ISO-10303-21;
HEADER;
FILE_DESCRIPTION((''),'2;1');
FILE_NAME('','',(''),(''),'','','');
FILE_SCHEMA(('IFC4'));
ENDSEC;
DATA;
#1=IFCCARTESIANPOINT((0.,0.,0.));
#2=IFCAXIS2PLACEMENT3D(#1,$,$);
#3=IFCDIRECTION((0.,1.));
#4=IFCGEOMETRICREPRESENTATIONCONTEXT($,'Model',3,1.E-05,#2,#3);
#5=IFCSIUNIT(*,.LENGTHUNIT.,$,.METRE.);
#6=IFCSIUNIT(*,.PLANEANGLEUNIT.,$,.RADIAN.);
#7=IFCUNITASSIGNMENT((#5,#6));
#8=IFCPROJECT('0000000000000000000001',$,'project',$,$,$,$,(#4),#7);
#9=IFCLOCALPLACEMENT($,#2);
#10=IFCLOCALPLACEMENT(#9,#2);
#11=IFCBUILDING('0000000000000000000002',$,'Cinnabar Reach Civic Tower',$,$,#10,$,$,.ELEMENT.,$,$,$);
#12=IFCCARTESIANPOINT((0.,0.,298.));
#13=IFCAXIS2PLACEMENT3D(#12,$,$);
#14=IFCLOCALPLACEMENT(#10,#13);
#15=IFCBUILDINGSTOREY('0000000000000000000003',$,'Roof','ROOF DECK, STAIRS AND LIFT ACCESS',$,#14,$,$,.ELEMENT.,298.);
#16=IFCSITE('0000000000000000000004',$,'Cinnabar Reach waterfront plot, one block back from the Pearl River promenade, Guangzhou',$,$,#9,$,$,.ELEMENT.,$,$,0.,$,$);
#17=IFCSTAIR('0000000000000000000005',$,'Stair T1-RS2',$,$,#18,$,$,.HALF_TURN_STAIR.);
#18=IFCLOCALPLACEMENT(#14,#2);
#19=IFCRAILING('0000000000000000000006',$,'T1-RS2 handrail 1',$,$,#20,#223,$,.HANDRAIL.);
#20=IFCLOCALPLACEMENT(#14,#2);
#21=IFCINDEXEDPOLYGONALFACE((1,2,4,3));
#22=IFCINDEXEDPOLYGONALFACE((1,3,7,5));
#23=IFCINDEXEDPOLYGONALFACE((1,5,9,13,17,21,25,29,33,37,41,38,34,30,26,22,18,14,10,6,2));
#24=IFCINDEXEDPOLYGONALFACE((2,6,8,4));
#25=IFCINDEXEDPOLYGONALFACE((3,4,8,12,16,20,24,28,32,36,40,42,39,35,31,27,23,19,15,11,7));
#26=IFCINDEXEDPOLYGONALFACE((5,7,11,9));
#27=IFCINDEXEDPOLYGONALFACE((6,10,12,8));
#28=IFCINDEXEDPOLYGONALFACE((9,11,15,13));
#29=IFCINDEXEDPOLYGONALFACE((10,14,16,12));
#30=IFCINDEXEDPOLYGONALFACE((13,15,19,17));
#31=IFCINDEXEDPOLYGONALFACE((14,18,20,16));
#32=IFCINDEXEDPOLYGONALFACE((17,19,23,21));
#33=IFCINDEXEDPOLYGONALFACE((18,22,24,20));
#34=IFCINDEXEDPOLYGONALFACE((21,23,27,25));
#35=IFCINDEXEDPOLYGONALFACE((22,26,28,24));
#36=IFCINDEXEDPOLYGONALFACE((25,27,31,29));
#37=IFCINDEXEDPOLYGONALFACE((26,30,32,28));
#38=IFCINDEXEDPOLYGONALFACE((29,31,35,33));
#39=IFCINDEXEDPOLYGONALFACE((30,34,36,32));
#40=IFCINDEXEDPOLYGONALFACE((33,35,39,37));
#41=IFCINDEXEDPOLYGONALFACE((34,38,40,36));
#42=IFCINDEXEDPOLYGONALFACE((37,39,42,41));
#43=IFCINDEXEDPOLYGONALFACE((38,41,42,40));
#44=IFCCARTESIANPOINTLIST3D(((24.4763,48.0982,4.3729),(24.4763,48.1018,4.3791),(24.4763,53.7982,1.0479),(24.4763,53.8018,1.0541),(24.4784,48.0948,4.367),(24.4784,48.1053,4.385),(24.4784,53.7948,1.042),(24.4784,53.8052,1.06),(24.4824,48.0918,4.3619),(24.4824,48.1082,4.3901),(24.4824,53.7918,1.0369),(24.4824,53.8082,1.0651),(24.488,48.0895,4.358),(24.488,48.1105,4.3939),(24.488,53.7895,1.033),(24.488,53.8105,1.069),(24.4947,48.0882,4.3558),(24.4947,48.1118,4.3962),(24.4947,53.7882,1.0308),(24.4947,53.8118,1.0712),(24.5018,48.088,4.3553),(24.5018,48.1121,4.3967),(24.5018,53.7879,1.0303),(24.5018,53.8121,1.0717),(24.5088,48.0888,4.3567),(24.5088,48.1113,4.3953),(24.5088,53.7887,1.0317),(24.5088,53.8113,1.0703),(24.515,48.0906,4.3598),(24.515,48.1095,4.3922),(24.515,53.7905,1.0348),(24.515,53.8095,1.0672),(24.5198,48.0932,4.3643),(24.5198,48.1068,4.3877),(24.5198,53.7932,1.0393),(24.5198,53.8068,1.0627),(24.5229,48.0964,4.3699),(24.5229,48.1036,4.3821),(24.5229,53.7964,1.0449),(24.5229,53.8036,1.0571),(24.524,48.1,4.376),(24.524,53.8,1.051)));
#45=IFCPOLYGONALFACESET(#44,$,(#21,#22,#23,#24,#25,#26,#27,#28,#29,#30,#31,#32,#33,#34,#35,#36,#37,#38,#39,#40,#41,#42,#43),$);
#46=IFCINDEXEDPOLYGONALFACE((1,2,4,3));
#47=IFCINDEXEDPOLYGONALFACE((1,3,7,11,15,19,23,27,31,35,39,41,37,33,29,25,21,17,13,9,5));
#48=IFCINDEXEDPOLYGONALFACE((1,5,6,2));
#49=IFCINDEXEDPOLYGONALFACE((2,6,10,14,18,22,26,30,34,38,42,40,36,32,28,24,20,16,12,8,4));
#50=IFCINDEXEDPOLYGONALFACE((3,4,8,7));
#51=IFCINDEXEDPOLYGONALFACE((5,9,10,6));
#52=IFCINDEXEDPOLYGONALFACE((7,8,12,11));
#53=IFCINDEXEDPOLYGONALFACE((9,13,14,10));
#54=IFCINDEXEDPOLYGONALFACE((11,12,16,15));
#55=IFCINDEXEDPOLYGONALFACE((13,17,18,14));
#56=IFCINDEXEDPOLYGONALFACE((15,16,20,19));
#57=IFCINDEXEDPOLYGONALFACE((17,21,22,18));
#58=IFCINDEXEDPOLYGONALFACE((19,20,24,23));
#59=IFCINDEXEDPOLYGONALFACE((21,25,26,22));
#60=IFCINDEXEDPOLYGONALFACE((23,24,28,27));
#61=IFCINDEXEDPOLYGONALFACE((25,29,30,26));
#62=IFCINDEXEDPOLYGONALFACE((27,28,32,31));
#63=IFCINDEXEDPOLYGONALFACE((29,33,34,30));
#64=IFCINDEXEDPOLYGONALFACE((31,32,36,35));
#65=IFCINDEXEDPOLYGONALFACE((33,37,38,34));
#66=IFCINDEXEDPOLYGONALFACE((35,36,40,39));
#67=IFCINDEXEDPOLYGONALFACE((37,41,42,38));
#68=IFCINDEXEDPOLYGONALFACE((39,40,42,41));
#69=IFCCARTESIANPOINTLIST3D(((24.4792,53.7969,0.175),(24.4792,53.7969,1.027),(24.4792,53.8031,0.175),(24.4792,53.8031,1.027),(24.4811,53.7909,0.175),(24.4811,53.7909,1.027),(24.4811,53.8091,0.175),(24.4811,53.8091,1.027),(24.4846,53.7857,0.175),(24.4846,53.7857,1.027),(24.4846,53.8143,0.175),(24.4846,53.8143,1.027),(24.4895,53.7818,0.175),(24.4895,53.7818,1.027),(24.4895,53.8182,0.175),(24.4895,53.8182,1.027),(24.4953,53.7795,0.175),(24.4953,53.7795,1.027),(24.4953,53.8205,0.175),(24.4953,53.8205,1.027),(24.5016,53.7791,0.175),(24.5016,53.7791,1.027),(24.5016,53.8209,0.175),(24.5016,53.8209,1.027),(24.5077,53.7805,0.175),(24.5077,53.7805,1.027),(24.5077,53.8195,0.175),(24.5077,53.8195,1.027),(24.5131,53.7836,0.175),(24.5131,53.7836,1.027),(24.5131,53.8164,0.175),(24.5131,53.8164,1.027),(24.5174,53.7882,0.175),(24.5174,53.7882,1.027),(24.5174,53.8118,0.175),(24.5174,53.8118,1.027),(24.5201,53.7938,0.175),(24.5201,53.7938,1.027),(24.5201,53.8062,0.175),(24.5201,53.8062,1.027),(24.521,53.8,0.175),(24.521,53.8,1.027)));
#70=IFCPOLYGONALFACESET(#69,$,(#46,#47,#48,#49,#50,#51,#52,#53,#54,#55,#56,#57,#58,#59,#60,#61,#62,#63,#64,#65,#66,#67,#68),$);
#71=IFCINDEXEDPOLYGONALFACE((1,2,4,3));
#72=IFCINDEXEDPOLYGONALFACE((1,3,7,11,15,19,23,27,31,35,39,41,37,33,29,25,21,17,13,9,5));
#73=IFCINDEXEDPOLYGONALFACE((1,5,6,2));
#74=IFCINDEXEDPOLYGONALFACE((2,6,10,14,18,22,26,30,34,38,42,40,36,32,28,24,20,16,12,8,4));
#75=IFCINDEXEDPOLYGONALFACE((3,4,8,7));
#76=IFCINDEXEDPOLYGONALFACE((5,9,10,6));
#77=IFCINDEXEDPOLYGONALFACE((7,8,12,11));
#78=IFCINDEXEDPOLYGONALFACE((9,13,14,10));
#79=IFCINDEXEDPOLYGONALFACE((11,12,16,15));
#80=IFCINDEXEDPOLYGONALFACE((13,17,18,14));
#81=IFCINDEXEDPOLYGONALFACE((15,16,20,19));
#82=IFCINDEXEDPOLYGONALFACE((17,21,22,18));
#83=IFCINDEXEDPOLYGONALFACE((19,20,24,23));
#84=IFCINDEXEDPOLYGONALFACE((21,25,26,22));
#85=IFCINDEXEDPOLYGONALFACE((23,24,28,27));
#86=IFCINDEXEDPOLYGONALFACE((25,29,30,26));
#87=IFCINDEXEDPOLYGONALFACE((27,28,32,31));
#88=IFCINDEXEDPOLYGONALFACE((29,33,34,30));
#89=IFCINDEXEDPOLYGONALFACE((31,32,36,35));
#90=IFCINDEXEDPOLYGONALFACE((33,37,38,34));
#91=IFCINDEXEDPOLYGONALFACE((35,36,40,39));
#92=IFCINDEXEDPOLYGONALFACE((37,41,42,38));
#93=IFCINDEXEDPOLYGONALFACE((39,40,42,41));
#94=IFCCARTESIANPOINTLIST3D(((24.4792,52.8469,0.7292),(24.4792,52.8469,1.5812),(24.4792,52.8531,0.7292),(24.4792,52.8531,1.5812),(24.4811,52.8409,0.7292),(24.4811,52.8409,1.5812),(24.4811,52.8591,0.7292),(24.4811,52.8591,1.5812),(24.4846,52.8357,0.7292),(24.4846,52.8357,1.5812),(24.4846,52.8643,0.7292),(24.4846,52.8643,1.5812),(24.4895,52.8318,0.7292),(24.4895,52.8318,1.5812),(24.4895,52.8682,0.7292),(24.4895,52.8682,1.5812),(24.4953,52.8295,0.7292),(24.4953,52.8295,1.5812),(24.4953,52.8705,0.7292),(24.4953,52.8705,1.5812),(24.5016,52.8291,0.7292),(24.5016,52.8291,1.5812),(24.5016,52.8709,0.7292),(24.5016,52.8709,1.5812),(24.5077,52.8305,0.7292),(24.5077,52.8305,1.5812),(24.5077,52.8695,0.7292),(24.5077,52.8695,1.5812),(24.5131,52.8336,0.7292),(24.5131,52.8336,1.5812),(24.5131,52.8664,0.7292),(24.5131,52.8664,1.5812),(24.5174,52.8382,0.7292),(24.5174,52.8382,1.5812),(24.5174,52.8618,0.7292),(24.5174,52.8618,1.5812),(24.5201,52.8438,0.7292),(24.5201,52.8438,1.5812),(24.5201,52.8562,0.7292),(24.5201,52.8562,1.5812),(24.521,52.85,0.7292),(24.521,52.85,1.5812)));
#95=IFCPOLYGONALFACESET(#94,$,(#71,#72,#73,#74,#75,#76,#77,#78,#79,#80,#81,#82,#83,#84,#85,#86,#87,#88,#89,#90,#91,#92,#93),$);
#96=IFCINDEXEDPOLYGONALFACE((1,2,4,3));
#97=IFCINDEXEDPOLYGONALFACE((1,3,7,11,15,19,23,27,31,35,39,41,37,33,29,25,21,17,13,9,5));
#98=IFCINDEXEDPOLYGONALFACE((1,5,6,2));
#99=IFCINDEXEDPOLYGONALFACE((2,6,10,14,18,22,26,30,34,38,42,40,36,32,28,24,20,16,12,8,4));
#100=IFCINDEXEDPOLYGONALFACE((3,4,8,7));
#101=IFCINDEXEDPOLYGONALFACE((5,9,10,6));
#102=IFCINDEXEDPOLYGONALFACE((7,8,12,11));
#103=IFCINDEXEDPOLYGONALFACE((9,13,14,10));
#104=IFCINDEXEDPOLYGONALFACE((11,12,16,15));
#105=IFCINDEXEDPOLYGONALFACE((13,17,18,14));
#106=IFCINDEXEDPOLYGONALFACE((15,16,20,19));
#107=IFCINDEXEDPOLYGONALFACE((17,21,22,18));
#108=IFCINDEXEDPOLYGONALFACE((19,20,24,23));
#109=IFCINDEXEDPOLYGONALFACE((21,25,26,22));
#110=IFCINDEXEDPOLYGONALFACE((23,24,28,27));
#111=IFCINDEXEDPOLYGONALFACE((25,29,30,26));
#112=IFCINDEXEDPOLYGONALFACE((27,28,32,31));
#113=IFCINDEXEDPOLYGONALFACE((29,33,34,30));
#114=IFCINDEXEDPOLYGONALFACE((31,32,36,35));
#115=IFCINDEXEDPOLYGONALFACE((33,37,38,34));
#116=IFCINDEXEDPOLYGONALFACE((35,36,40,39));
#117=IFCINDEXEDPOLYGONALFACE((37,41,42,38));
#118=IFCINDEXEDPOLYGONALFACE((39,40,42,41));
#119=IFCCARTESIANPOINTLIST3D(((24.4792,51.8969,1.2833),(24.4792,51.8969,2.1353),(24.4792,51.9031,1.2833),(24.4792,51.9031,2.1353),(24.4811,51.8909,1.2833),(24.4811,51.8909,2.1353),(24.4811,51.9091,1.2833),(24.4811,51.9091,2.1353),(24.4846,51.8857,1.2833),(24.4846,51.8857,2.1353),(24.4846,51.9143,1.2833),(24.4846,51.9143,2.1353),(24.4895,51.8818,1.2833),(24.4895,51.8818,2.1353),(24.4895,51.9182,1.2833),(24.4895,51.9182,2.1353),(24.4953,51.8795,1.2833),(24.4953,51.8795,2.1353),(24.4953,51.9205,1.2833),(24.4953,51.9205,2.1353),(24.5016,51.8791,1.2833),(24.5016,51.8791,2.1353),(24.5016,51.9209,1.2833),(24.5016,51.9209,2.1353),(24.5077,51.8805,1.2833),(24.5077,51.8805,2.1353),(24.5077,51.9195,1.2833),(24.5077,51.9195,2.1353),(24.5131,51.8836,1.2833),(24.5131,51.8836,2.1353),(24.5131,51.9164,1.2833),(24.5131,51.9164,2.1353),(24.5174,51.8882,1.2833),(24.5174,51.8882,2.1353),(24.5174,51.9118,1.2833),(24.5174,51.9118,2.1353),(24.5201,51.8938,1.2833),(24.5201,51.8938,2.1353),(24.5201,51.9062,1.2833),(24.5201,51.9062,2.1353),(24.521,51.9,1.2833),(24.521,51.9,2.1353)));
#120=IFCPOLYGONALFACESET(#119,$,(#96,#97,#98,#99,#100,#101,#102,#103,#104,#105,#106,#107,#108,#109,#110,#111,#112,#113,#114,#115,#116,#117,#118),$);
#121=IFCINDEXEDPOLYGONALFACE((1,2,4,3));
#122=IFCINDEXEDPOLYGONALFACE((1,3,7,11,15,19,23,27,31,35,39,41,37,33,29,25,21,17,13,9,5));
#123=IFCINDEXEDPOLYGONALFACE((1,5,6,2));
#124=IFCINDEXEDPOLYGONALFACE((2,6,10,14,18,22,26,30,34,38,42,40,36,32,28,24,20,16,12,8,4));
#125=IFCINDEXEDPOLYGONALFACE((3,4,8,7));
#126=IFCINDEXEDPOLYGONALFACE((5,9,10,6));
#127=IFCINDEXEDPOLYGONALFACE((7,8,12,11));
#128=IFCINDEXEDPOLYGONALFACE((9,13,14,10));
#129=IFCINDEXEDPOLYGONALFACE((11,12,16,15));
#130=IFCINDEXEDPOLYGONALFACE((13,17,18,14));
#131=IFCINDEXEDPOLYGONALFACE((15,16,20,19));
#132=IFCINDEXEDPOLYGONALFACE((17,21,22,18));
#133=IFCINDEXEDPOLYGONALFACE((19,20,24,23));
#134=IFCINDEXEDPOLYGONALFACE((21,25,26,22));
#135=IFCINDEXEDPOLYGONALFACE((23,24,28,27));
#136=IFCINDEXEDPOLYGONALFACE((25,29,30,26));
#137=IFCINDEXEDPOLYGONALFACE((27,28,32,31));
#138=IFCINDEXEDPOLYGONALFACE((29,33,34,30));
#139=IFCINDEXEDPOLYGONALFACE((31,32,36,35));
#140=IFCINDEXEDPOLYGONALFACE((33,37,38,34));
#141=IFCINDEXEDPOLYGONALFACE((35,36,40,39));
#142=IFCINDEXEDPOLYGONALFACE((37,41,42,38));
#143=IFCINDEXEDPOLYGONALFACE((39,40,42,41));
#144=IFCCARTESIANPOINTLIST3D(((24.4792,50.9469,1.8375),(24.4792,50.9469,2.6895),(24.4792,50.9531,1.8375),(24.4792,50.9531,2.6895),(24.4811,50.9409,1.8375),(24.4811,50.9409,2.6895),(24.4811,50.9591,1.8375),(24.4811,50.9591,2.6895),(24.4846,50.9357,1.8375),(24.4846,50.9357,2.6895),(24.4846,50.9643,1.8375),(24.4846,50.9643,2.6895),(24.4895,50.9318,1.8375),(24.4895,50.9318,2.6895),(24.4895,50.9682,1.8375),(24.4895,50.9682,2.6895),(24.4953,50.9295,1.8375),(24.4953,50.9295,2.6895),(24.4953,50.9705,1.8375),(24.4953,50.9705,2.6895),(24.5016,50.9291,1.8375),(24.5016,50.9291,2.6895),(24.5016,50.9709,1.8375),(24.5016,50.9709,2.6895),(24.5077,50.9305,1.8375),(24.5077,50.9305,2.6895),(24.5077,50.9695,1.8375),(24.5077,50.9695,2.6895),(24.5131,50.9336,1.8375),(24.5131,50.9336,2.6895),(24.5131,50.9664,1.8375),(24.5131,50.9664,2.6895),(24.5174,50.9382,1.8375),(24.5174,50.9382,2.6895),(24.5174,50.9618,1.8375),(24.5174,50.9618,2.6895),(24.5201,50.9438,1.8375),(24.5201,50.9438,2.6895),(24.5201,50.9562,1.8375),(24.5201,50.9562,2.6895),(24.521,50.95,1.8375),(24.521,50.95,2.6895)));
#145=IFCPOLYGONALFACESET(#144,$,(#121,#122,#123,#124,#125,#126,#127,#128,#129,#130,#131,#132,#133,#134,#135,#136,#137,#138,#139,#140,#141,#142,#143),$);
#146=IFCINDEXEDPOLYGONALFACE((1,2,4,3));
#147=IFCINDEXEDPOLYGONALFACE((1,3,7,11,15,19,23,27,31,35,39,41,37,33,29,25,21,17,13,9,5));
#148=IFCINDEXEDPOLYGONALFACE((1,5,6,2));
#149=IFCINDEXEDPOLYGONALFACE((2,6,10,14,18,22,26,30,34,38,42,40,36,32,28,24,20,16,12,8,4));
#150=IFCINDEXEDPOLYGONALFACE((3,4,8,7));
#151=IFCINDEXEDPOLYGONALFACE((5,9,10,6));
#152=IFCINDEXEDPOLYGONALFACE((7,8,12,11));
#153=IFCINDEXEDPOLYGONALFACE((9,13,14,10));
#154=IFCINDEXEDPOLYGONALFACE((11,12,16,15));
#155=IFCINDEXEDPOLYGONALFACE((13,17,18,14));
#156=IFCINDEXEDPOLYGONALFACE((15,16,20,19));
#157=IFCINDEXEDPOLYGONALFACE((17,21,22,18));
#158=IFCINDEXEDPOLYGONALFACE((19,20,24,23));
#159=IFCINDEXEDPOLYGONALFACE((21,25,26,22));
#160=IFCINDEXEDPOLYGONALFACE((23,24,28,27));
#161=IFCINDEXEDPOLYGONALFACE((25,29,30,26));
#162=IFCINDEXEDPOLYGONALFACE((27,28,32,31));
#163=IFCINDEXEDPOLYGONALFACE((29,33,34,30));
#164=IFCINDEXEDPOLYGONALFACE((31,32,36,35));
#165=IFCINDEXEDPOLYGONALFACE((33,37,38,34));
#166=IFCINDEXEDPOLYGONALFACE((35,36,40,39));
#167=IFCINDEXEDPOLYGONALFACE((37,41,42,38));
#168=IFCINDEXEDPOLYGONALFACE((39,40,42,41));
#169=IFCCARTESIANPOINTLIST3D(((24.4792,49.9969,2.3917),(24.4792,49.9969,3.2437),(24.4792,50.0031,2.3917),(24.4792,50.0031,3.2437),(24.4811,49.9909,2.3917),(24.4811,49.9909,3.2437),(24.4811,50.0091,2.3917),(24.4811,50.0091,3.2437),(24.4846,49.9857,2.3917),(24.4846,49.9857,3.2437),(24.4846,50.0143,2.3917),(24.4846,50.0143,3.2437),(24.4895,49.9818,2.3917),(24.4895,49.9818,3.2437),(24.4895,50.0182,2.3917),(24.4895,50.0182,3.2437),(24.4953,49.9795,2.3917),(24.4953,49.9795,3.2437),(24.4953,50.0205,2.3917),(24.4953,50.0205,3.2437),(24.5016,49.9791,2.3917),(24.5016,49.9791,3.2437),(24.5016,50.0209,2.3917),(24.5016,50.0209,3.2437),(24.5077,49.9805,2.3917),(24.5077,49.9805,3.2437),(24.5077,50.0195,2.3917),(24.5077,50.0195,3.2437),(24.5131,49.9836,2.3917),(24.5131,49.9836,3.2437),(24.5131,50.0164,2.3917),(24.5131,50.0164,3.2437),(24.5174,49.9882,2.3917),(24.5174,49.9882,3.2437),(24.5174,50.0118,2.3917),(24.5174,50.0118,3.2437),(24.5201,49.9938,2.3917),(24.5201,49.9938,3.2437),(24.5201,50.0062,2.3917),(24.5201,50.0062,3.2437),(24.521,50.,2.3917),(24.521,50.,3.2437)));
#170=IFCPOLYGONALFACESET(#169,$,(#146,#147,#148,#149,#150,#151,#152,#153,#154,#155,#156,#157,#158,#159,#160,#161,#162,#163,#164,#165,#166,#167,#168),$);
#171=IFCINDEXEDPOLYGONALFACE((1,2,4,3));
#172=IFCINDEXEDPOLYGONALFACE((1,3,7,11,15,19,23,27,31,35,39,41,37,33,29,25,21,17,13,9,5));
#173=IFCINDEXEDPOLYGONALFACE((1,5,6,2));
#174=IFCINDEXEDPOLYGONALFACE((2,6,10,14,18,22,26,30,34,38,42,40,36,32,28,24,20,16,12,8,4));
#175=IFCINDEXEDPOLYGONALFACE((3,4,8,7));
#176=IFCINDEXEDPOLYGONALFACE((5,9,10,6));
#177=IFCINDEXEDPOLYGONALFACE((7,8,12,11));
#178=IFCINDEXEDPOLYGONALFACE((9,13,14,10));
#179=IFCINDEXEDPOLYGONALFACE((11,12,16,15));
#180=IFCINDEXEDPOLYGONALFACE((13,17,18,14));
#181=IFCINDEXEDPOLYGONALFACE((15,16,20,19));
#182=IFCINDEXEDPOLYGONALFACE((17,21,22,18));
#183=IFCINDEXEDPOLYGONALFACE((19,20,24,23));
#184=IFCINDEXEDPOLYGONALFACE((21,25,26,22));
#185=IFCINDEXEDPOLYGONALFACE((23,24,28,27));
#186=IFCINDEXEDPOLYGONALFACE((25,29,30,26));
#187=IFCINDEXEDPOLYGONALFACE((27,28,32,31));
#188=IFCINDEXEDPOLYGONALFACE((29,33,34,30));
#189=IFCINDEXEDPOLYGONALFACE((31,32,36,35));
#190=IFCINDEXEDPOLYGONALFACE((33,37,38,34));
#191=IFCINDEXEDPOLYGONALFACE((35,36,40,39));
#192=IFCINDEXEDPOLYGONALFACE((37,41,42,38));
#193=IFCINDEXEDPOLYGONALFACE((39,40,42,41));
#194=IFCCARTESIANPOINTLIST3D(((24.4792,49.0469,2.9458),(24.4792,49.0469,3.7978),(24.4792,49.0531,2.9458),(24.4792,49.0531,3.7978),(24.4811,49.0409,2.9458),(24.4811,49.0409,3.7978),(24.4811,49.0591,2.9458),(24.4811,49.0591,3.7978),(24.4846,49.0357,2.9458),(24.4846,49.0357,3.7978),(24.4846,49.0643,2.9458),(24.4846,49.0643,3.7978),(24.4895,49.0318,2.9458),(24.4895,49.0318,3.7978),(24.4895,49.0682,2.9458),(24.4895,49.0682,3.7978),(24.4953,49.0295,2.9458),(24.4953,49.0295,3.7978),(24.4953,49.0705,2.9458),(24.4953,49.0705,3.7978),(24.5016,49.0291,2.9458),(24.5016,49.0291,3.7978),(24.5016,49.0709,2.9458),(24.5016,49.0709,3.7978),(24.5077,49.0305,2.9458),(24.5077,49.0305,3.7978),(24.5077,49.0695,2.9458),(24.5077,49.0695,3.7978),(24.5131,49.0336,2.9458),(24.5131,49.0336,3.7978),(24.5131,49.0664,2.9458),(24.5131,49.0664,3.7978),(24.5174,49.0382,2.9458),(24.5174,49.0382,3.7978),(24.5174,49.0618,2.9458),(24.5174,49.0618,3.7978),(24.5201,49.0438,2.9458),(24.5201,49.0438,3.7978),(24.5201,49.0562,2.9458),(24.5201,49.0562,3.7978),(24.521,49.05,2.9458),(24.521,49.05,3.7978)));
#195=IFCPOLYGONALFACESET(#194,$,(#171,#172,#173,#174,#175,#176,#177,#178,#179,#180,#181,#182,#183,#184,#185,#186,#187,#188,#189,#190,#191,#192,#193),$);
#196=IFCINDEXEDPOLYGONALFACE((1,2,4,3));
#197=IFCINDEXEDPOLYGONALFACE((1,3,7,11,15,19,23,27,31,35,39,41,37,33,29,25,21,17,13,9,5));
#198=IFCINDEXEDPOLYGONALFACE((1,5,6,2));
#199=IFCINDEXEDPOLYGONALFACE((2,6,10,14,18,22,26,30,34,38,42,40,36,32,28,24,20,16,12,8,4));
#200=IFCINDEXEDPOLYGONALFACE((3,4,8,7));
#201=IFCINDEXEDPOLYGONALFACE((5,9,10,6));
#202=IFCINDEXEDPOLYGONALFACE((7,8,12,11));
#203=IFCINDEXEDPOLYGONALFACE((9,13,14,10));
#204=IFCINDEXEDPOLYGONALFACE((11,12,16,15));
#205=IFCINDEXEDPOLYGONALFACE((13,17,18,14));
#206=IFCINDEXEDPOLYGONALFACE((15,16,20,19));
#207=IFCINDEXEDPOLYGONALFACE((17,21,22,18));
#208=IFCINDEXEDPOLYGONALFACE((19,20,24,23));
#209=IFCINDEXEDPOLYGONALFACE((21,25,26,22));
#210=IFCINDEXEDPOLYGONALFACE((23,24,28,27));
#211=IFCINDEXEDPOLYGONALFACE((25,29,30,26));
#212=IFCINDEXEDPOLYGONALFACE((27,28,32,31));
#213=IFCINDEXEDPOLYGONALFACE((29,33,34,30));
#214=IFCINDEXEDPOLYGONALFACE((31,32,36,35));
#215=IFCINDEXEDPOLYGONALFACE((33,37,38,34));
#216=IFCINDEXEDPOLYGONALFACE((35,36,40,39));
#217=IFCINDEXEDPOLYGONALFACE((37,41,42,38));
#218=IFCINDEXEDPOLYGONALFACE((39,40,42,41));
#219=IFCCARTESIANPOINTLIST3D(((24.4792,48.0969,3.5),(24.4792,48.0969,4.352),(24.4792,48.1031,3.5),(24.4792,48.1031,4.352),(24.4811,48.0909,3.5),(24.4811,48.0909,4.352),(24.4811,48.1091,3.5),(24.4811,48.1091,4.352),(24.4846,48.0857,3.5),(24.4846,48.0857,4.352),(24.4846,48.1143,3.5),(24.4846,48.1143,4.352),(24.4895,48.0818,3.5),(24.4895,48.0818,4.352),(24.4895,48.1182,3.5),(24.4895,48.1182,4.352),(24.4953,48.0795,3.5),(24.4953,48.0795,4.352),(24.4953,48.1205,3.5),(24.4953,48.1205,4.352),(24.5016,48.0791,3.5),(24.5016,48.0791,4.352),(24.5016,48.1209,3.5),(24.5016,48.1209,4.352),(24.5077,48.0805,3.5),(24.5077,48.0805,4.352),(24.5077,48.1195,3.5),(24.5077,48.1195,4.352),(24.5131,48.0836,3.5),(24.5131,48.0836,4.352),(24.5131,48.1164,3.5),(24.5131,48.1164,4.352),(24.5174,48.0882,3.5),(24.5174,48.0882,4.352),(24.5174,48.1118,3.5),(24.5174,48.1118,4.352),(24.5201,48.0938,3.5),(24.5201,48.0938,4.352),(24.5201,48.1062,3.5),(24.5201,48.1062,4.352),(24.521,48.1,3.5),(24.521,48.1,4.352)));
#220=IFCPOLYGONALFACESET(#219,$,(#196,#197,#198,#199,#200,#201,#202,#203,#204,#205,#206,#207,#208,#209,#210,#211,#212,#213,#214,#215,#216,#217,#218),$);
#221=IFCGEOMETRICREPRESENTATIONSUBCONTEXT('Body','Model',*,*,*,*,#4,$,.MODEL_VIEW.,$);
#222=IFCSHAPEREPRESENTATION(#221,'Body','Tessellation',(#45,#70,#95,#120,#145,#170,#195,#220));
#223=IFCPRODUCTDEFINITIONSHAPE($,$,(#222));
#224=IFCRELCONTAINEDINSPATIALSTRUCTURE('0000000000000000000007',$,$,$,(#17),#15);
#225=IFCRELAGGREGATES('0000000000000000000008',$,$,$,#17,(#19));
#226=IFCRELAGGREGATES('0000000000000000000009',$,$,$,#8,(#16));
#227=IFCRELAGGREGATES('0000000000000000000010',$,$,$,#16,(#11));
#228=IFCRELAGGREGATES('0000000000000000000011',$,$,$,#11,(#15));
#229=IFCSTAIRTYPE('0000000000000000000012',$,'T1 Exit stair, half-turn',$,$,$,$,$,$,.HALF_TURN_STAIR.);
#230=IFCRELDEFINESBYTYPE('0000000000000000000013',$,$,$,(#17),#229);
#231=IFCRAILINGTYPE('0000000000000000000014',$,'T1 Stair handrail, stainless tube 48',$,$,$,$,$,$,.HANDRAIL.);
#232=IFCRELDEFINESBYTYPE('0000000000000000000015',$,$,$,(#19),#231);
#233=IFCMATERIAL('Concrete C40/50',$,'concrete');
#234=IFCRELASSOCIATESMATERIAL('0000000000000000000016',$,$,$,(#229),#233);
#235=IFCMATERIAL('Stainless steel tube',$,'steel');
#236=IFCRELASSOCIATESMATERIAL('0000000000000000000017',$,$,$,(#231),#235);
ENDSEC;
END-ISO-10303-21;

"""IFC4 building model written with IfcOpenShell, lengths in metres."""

from ifc_helpers import new_model, si_unit, direction, frame, origin, origin_2d, place, context, subcontext, project, spatial, circle, extrude, material, type_object, element, aggregate, save


model = new_model("IFC4")

# Units and contexts
model_context = context("Model", 3, precision=1e-05, world=origin(), true_north=direction((0.0, 1.0)))
body_context = subcontext(model_context, "Body", "Model", "MODEL_VIEW")
ifc_project = project(units=[si_unit("LENGTHUNIT", "METRE"), si_unit("PLANEANGLEUNIT", "RADIAN")], contexts=[model_context])

# Site, building, storey
site_placement = place(None, origin())
site = spatial("IfcSite", under=ifc_project, at=site_placement, Name="Cinnabar Reach waterfront plot, one block back from the Pearl River promenade, Guangzhou", CompositionType="ELEMENT", RefElevation=0.0)
building_placement = place(site_placement, origin())
building = spatial("IfcBuilding", under=site, at=building_placement, Name="Cinnabar Reach Civic Tower", CompositionType="ELEMENT")
storey_placement = place(building_placement, frame((0.0, 0.0, 298.0)))
storey = spatial("IfcBuildingStorey", under=building, at=storey_placement, Name="Roof", Description="ROOF DECK, STAIRS AND LIFT ACCESS", CompositionType="ELEMENT", Elevation=298.0)

# Shared definitions
ifc_material_1 = material(Name="Concrete C40/50", Category="concrete")

# Stair, railing
stair_type = type_object("IfcStairType", Name="T1 Exit stair, half-turn", PredefinedType="HALF_TURN_STAIR", material=ifc_material_1)
stair_placement = place(storey_placement, origin())
stair = element("IfcStair", 1, at=stair_placement, inside=storey, type_object=stair_type, Name="Stair T1-RS2", PredefinedType="HALF_TURN_STAIR")
ifc_material_2 = material(Name="Stainless steel tube", Category="steel")
railing_type_1 = type_object("IfcRailingType", Name="T1 Stair handrail, stainless tube 48", PredefinedType="HANDRAIL", material=ifc_material_2)
railing_1_placement = place(storey_placement, frame((24.5, 53.8, 0.175)))
railing_1 = element("IfcRailing", 2, at=railing_1_placement, type_object=railing_type_1, Name="T1-RS2 handrail 1", PredefinedType="HANDRAIL", context=body_context, shape_type="SweptSolid", body=[
    extrude(circle(Radius=0.024, at=origin_2d()), frame((0.0, 0.0, 0.876), z_axis=(0.0, -0.863779, 0.503871), x_axis=(1.0, 0.0, 0.0)), (0.0, 0.0, 1.0), 6.5989),
    extrude(circle(Radius=0.021, at=origin_2d()), origin(), (0.0, 0.0, 1.0), 0.852),
    extrude(circle(Radius=0.021, at=origin_2d()), frame((0.0, -0.95, 0.5542)), (0.0, 0.0, 1.0), 0.852),
    extrude(circle(Radius=0.021, at=origin_2d()), frame((0.0, -1.9, 1.1083)), (0.0, 0.0, 1.0), 0.852),
    extrude(circle(Radius=0.021, at=origin_2d()), frame((0.0, -2.85, 1.6625)), (0.0, 0.0, 1.0), 0.852),
    extrude(circle(Radius=0.021, at=origin_2d()), frame((0.0, -3.8, 2.2167)), (0.0, 0.0, 1.0), 0.852),
    extrude(circle(Radius=0.021, at=origin_2d()), frame((0.0, -4.75, 2.7708)), (0.0, 0.0, 1.0), 0.852),
    extrude(circle(Radius=0.021, at=origin_2d()), frame((0.0, -5.7, 3.325)), (0.0, 0.0, 1.0), 0.852),
])
aggregate(stair, [railing_1])

save(model, "model.ifc")
